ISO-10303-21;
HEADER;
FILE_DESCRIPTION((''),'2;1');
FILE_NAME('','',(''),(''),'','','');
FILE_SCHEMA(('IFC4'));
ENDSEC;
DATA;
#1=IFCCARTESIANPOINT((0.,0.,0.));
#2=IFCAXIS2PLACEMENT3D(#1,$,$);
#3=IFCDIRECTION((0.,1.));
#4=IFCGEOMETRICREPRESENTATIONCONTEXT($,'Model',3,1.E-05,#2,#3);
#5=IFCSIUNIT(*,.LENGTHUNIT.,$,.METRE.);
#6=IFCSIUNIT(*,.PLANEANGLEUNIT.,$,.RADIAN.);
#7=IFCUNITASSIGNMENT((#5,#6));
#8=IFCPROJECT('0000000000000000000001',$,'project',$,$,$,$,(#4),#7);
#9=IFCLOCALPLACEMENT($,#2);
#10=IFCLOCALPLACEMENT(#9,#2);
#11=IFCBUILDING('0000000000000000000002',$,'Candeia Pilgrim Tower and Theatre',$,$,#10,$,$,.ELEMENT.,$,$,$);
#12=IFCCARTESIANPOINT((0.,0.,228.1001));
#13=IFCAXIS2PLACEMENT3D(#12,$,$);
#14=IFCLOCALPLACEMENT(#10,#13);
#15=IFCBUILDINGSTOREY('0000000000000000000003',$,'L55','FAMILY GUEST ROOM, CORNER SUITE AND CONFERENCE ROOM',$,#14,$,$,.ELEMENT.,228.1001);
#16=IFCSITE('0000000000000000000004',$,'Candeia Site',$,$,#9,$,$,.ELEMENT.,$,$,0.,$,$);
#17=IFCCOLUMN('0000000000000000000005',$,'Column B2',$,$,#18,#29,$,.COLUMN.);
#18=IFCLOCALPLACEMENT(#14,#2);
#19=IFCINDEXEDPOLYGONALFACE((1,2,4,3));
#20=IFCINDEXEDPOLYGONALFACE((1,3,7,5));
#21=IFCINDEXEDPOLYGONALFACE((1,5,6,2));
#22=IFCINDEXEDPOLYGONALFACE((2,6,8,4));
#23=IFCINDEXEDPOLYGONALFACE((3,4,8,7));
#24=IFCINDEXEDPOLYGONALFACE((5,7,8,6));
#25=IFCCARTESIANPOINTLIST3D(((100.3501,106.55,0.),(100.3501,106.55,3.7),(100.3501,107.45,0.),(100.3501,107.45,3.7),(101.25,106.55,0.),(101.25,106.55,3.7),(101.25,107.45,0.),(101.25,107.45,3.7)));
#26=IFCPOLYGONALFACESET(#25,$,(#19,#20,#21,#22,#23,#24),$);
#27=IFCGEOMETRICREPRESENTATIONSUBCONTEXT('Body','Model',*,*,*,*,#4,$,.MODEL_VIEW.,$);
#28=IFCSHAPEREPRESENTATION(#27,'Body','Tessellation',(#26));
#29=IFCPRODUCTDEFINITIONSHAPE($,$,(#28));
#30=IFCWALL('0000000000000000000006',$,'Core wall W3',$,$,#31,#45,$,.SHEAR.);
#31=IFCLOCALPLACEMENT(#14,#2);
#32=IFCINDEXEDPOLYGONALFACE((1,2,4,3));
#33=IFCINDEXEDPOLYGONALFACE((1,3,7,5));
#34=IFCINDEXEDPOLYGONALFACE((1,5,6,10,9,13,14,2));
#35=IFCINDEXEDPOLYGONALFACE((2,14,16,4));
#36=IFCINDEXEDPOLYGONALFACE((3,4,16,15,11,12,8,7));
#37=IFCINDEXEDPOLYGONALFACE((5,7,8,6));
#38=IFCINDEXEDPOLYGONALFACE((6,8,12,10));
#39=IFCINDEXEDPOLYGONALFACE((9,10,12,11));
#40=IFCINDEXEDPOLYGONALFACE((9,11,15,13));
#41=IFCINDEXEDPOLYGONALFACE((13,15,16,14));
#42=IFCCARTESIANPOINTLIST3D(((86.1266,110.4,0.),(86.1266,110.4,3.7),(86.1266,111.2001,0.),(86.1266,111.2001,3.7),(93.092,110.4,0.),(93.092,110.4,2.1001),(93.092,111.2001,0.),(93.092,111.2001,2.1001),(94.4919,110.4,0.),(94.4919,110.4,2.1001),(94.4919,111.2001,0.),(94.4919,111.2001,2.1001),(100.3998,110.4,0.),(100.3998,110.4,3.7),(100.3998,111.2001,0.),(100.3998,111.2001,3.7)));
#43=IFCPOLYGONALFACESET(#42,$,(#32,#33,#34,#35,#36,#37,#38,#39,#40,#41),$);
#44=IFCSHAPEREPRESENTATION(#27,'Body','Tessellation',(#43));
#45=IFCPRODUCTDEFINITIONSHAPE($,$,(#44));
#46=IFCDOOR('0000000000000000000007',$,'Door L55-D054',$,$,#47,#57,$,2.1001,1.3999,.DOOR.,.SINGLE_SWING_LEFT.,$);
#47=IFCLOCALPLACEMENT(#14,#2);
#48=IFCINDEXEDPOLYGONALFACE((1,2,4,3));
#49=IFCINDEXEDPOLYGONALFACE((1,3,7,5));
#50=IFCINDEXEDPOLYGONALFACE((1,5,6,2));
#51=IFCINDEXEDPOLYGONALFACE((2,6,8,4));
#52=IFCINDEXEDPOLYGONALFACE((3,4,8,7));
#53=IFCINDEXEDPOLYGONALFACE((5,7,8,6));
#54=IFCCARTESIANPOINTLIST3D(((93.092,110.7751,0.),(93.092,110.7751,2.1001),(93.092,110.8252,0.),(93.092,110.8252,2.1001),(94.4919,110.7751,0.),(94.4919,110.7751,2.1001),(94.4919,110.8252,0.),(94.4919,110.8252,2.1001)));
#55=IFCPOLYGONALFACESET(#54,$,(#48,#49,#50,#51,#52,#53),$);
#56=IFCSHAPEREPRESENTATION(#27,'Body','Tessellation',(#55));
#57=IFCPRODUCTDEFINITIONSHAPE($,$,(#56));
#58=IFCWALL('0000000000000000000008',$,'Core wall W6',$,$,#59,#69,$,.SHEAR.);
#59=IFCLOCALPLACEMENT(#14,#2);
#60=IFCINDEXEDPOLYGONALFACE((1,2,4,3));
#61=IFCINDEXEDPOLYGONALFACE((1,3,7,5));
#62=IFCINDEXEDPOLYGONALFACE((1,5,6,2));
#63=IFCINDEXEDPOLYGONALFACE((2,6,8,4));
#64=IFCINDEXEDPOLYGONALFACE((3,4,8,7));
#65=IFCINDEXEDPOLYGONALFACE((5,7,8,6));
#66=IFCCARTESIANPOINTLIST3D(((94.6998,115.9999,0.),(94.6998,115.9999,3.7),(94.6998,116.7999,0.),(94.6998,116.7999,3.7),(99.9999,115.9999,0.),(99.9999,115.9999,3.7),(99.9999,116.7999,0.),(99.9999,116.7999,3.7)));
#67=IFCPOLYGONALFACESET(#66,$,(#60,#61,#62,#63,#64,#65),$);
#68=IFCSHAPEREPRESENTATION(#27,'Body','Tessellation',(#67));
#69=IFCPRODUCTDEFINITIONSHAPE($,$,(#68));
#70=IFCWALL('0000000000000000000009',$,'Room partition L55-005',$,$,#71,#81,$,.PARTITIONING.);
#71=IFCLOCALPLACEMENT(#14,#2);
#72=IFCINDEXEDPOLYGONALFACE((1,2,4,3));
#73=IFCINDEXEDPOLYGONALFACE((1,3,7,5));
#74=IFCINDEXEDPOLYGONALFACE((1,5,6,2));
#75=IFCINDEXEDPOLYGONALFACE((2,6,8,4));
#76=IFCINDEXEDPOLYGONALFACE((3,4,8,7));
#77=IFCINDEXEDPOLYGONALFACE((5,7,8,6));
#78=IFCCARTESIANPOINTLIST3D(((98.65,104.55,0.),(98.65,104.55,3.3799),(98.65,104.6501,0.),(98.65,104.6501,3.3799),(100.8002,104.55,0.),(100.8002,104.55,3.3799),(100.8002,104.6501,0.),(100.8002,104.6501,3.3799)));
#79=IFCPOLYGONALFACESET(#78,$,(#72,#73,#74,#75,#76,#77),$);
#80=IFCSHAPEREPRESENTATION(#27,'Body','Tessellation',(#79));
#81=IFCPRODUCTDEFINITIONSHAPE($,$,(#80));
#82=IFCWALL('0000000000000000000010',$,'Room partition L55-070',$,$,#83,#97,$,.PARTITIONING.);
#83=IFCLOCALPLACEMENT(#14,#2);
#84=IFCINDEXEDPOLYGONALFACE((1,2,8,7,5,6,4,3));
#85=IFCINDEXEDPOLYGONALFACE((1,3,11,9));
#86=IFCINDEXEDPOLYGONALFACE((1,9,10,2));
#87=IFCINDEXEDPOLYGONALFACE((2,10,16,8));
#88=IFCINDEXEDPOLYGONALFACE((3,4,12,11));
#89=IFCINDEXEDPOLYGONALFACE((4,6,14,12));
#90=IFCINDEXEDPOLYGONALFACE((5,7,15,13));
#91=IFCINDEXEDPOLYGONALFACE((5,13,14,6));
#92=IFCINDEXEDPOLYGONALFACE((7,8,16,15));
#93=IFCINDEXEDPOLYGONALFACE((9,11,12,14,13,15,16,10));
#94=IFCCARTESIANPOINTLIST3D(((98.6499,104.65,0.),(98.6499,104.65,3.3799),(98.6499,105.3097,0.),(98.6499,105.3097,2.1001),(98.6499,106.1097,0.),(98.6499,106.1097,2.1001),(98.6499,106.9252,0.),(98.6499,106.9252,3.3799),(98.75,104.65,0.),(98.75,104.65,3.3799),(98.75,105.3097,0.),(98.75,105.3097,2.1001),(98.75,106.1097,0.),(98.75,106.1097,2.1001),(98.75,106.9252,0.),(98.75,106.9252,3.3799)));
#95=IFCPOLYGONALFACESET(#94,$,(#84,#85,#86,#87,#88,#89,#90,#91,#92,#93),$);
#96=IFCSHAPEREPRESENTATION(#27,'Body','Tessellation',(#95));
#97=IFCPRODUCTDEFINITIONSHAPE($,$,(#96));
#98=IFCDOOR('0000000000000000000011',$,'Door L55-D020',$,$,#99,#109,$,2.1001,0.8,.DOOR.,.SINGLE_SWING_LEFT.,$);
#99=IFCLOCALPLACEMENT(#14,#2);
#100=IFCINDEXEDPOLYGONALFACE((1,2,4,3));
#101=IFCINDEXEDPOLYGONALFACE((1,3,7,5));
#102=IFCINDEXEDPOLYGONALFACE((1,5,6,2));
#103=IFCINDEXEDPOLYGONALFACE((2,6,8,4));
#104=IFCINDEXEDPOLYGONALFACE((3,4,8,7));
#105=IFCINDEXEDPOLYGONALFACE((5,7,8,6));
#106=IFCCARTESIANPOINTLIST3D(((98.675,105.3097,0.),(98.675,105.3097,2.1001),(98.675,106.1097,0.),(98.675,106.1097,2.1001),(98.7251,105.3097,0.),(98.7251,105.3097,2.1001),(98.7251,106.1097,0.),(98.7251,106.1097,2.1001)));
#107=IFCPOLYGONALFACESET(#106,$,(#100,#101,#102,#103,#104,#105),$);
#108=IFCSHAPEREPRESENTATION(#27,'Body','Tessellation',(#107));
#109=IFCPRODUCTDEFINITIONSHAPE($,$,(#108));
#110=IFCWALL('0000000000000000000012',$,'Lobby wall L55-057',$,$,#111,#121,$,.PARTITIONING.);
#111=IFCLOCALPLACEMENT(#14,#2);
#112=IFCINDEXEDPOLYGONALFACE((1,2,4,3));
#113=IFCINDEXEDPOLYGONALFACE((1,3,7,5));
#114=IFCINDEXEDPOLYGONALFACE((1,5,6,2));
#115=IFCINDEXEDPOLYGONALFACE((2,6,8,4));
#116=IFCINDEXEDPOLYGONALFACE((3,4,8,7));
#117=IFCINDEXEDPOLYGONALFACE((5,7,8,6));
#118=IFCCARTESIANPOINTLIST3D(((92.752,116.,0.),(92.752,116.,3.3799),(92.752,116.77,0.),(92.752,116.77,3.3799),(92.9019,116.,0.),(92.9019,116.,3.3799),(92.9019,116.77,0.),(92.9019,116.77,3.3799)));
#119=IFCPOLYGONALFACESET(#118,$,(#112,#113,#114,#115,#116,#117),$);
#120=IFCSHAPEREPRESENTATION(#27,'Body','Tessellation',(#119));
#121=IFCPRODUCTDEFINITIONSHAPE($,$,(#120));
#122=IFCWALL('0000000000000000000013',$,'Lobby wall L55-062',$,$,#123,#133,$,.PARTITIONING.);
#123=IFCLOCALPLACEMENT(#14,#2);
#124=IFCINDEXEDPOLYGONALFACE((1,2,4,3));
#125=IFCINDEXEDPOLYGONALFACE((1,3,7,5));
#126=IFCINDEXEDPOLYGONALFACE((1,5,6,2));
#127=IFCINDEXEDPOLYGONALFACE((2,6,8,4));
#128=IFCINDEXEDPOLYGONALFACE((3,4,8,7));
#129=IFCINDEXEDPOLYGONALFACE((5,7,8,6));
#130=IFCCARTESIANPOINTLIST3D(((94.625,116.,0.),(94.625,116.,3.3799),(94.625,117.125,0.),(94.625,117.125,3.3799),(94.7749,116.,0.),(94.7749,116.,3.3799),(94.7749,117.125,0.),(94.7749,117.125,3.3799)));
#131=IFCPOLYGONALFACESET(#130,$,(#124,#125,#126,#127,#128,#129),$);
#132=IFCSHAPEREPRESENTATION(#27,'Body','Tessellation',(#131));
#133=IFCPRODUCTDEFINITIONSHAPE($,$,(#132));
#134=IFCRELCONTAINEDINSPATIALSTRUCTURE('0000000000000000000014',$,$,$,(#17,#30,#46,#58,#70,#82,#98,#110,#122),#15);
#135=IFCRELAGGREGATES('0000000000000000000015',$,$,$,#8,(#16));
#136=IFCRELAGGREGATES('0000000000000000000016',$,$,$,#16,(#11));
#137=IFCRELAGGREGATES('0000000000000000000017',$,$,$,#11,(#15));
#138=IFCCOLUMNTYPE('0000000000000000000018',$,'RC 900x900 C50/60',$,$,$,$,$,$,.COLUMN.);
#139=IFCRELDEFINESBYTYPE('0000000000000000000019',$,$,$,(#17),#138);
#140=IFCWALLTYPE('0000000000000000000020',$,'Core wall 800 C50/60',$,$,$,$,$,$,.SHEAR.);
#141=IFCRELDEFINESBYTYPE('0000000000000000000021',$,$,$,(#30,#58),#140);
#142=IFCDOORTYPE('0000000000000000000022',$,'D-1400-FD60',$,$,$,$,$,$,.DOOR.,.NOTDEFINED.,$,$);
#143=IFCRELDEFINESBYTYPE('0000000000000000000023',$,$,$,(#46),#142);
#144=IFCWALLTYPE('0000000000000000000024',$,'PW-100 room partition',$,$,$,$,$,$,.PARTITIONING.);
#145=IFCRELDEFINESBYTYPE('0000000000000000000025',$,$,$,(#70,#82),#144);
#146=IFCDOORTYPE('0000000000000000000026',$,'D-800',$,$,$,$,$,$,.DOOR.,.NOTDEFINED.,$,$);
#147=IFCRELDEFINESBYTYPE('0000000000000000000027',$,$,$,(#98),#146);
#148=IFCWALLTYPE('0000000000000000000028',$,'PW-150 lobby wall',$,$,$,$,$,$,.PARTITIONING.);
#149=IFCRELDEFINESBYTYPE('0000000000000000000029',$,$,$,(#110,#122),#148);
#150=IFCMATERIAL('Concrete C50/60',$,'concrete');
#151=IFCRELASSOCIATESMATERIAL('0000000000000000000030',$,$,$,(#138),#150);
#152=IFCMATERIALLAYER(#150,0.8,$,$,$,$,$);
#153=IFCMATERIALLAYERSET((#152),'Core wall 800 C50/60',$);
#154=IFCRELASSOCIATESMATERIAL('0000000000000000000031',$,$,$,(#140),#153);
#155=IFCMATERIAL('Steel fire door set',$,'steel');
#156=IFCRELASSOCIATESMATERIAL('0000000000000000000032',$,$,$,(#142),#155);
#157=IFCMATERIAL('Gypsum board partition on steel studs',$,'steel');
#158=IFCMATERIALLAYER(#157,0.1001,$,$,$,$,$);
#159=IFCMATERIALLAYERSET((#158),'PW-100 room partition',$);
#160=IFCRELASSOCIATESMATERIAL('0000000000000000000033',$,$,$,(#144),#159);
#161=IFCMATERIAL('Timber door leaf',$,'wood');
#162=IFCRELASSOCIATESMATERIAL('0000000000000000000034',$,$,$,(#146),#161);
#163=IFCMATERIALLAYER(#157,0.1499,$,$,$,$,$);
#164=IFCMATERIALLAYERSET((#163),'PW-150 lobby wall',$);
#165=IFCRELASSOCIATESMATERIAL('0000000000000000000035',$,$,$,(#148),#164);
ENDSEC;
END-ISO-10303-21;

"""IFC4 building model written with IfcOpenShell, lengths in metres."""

from ifc_helpers import new_model, si_unit, direction, frame, frame_2d, origin, origin_2d, place, context, subcontext, project, spatial, rectangle, extrude, material, layer, layer_set, material_profile, profile_set, type_object, element, fill, save


model = new_model("IFC4")

# Units and contexts
model_context = context("Model", 3, precision=1e-05, world=origin(), true_north=direction((0.0, 1.0)))
body_context = subcontext(model_context, "Body", "Model", "MODEL_VIEW")
ifc_project = project(units=[si_unit("LENGTHUNIT", "METRE"), si_unit("PLANEANGLEUNIT", "RADIAN")], contexts=[model_context])

# Site, building, storey
site_placement = place(None, origin())
site = spatial("IfcSite", under=ifc_project, at=site_placement, Name="Candeia Site", CompositionType="ELEMENT", RefElevation=0.0)
building_placement = place(site_placement, origin())
building = spatial("IfcBuilding", under=site, at=building_placement, Name="Candeia Pilgrim Tower and Theatre", CompositionType="ELEMENT")
storey_placement = place(building_placement, frame((0.0, 0.0, 228.1001)))
storey = spatial("IfcBuildingStorey", under=building, at=storey_placement, Name="L55", Description="FAMILY GUEST ROOM, CORNER SUITE AND CONFERENCE ROOM", CompositionType="ELEMENT", Elevation=228.1001)

# Column
ifc_material_1 = material(Name="Concrete C50/60", Category="concrete")
ifc_material_profile = material_profile(ifc_material_1, rectangle(XDim=0.8999, YDim=0.8999, at=origin_2d()))
ifc_profile_set = profile_set([ifc_material_profile], Name="Concrete C50/60")
column_type = type_object("IfcColumnType", Name="RC 900x900 C50/60", PredefinedType="COLUMN", material=ifc_profile_set)
column_placement = place(storey_placement, frame((100.8, 107.0, 0.0), z_axis=(0.0, 0.0, 1.0), x_axis=(1.0, 0.0, 0.0)))
element("IfcColumn", 1, at=column_placement, inside=storey, type_object=column_type, Name="Column B2", PredefinedType="COLUMN", context=body_context, shape_type="SweptSolid", body=[
    extrude(rectangle(XDim=0.8999, YDim=0.8999, at=origin_2d()), origin(), (0.0, 0.0, 1.0), 3.7),
])

# Wall, opening, door
ifc_layer_1 = layer(ifc_material_1, 0.8)
ifc_layer_set_1 = layer_set([ifc_layer_1], Name="Core wall 800 C50/60")
wall_type_1 = type_object("IfcWallType", Name="Core wall 800 C50/60", PredefinedType="SHEAR", material=ifc_layer_set_1)
wall_1_placement = place(storey_placement, frame((100.3999, 110.8, 0.0), z_axis=(0.0, 0.0, 1.0), x_axis=(-1.0, 0.0, 0.0)))
wall_1 = element("IfcWall", 2, at=wall_1_placement, inside=storey, type_object=wall_type_1, Name="Core wall W3", PredefinedType="SHEAR", context=body_context, shape_type="SweptSolid", body=[
    extrude(rectangle(XDim=14.2732, YDim=0.8, at=frame_2d((7.1367, 0.0))), origin(), (0.0, 0.0, 1.0), 3.7),
])
opening_1_placement = place(wall_1_placement, frame((5.908, 0.0, 0.0)))
opening_1 = element("IfcOpeningElement", 3, at=opening_1_placement, cuts=wall_1, PredefinedType="OPENING", context=body_context, shape_type="SweptSolid", body=[
    extrude(rectangle(XDim=1.3999, YDim=2.1001, at=frame_2d((0.7, 1.05))), frame((0.0, 0.4102, 0.0), z_axis=(0.0, -1.0, 0.0), x_axis=(1.0, 0.0, 0.0)), (0.0, 0.0, 1.0), 0.8201),
])
ifc_material_2 = material(Name="Steel fire door set", Category="steel")
door_type_1 = type_object("IfcDoorType", Name="D-1400-FD60", OperationType="NOTDEFINED", PredefinedType="DOOR", material=ifc_material_2)
door_1_placement = place(opening_1_placement, origin())
door_1 = element("IfcDoor", 4, at=door_1_placement, inside=storey, type_object=door_type_1, Name="Door L55-D054", OperationType="SINGLE_SWING_LEFT", OverallHeight=2.1001, OverallWidth=1.3999, PredefinedType="DOOR", context=body_context, shape_type="SweptSolid", body=[
    extrude(rectangle(XDim=1.3999, YDim=2.1001, at=frame_2d((0.7, 1.05))), frame((0.0, 0.0249, 0.0), z_axis=(0.0, -1.0, 0.0), x_axis=(1.0, 0.0, 0.0)), (0.0, 0.0, 1.0), 0.05),
])
fill(opening_1, door_1)

# Walls
wall_2_placement = place(storey_placement, frame((94.7, 116.3999, 0.0), z_axis=(0.0, 0.0, 1.0), x_axis=(1.0, 0.0, 0.0)))
element("IfcWall", 5, at=wall_2_placement, inside=storey, type_object=wall_type_1, Name="Core wall W6", PredefinedType="SHEAR", context=body_context, shape_type="SweptSolid", body=[
    extrude(rectangle(XDim=5.3, YDim=0.8, at=frame_2d((2.6499, 0.0))), origin(), (0.0, 0.0, 1.0), 3.7),
])
ifc_material_3 = material(Name="Gypsum board partition on steel studs", Category="steel")
ifc_layer_2 = layer(ifc_material_3, 0.1001)
ifc_layer_set_2 = layer_set([ifc_layer_2], Name="PW-100 room partition")
wall_type_2 = type_object("IfcWallType", Name="PW-100 room partition", PredefinedType="PARTITIONING", material=ifc_layer_set_2)
wall_3_placement = place(storey_placement, frame((98.6499, 104.6001, 0.0), z_axis=(0.0, 0.0, 1.0), x_axis=(1.0, 0.0, 0.0)))
element("IfcWall", 6, at=wall_3_placement, inside=storey, type_object=wall_type_2, Name="Room partition L55-005", PredefinedType="PARTITIONING", context=body_context, shape_type="SweptSolid", body=[
    extrude(rectangle(XDim=2.1501, YDim=0.1001, at=frame_2d((1.0752, 0.0))), origin(), (0.0, 0.0, 1.0), 3.3799),
])

# Wall, opening, door
wall_4_placement = place(storey_placement, frame((98.7, 104.6499, 0.0), z_axis=(0.0, 0.0, 1.0), x_axis=(0.0, 1.0, 0.0)))
wall_4 = element("IfcWall", 7, at=wall_4_placement, inside=storey, type_object=wall_type_2, Name="Room partition L55-070", PredefinedType="PARTITIONING", context=body_context, shape_type="SweptSolid", body=[
    extrude(rectangle(XDim=2.2751, YDim=0.1001, at=frame_2d((1.1377, 0.0))), origin(), (0.0, 0.0, 1.0), 3.3799),
])
opening_2_placement = place(wall_4_placement, frame((0.6599, 0.0, 0.0)))
opening_2 = element("IfcOpeningElement", 8, at=opening_2_placement, cuts=wall_4, PredefinedType="OPENING", context=body_context, shape_type="SweptSolid", body=[
    extrude(rectangle(XDim=0.8, YDim=2.1001, at=frame_2d((0.3999, 1.05))), frame((0.0, 0.0601, 0.0), z_axis=(0.0, -1.0, 0.0), x_axis=(1.0, 0.0, 0.0)), (0.0, 0.0, 1.0), 0.1201),
])
ifc_material_4 = material(Name="Timber door leaf", Category="wood")
door_type_2 = type_object("IfcDoorType", Name="D-800", OperationType="NOTDEFINED", PredefinedType="DOOR", material=ifc_material_4)
door_2_placement = place(opening_2_placement, origin())
door_2 = element("IfcDoor", 9, at=door_2_placement, inside=storey, type_object=door_type_2, Name="Door L55-D020", OperationType="SINGLE_SWING_LEFT", OverallHeight=2.1001, OverallWidth=0.8, PredefinedType="DOOR", context=body_context, shape_type="SweptSolid", body=[
    extrude(rectangle(XDim=0.8, YDim=2.1001, at=frame_2d((0.3999, 1.05))), frame((0.0, 0.0249, 0.0), z_axis=(0.0, -1.0, 0.0), x_axis=(1.0, 0.0, 0.0)), (0.0, 0.0, 1.0), 0.05),
])
fill(opening_2, door_2)

# Walls
ifc_layer_3 = layer(ifc_material_3, 0.1499)
ifc_layer_set_3 = layer_set([ifc_layer_3], Name="PW-150 lobby wall")
wall_type_3 = type_object("IfcWallType", Name="PW-150 lobby wall", PredefinedType="PARTITIONING", material=ifc_layer_set_3)
wall_5_placement = place(storey_placement, frame((92.8269, 116.0, 0.0), z_axis=(0.0, 0.0, 1.0), x_axis=(0.0, 1.0, 0.0)))
element("IfcWall", 10, at=wall_5_placement, inside=storey, type_object=wall_type_3, Name="Lobby wall L55-057", PredefinedType="PARTITIONING", context=body_context, shape_type="SweptSolid", body=[
    extrude(rectangle(XDim=0.77, YDim=0.1499, at=frame_2d((0.385, 0.0))), origin(), (0.0, 0.0, 1.0), 3.3799),
])
wall_6_placement = place(storey_placement, frame((94.7, 116.0, 0.0), z_axis=(0.0, 0.0, 1.0), x_axis=(0.0, 1.0, 0.0)))
element("IfcWall", 11, at=wall_6_placement, inside=storey, type_object=wall_type_3, Name="Lobby wall L55-062", PredefinedType="PARTITIONING", context=body_context, shape_type="SweptSolid", body=[
    extrude(rectangle(XDim=1.125, YDim=0.1499, at=frame_2d((0.5625, 0.0))), origin(), (0.0, 0.0, 1.0), 3.3799),
])

save(model, "model.ifc")
